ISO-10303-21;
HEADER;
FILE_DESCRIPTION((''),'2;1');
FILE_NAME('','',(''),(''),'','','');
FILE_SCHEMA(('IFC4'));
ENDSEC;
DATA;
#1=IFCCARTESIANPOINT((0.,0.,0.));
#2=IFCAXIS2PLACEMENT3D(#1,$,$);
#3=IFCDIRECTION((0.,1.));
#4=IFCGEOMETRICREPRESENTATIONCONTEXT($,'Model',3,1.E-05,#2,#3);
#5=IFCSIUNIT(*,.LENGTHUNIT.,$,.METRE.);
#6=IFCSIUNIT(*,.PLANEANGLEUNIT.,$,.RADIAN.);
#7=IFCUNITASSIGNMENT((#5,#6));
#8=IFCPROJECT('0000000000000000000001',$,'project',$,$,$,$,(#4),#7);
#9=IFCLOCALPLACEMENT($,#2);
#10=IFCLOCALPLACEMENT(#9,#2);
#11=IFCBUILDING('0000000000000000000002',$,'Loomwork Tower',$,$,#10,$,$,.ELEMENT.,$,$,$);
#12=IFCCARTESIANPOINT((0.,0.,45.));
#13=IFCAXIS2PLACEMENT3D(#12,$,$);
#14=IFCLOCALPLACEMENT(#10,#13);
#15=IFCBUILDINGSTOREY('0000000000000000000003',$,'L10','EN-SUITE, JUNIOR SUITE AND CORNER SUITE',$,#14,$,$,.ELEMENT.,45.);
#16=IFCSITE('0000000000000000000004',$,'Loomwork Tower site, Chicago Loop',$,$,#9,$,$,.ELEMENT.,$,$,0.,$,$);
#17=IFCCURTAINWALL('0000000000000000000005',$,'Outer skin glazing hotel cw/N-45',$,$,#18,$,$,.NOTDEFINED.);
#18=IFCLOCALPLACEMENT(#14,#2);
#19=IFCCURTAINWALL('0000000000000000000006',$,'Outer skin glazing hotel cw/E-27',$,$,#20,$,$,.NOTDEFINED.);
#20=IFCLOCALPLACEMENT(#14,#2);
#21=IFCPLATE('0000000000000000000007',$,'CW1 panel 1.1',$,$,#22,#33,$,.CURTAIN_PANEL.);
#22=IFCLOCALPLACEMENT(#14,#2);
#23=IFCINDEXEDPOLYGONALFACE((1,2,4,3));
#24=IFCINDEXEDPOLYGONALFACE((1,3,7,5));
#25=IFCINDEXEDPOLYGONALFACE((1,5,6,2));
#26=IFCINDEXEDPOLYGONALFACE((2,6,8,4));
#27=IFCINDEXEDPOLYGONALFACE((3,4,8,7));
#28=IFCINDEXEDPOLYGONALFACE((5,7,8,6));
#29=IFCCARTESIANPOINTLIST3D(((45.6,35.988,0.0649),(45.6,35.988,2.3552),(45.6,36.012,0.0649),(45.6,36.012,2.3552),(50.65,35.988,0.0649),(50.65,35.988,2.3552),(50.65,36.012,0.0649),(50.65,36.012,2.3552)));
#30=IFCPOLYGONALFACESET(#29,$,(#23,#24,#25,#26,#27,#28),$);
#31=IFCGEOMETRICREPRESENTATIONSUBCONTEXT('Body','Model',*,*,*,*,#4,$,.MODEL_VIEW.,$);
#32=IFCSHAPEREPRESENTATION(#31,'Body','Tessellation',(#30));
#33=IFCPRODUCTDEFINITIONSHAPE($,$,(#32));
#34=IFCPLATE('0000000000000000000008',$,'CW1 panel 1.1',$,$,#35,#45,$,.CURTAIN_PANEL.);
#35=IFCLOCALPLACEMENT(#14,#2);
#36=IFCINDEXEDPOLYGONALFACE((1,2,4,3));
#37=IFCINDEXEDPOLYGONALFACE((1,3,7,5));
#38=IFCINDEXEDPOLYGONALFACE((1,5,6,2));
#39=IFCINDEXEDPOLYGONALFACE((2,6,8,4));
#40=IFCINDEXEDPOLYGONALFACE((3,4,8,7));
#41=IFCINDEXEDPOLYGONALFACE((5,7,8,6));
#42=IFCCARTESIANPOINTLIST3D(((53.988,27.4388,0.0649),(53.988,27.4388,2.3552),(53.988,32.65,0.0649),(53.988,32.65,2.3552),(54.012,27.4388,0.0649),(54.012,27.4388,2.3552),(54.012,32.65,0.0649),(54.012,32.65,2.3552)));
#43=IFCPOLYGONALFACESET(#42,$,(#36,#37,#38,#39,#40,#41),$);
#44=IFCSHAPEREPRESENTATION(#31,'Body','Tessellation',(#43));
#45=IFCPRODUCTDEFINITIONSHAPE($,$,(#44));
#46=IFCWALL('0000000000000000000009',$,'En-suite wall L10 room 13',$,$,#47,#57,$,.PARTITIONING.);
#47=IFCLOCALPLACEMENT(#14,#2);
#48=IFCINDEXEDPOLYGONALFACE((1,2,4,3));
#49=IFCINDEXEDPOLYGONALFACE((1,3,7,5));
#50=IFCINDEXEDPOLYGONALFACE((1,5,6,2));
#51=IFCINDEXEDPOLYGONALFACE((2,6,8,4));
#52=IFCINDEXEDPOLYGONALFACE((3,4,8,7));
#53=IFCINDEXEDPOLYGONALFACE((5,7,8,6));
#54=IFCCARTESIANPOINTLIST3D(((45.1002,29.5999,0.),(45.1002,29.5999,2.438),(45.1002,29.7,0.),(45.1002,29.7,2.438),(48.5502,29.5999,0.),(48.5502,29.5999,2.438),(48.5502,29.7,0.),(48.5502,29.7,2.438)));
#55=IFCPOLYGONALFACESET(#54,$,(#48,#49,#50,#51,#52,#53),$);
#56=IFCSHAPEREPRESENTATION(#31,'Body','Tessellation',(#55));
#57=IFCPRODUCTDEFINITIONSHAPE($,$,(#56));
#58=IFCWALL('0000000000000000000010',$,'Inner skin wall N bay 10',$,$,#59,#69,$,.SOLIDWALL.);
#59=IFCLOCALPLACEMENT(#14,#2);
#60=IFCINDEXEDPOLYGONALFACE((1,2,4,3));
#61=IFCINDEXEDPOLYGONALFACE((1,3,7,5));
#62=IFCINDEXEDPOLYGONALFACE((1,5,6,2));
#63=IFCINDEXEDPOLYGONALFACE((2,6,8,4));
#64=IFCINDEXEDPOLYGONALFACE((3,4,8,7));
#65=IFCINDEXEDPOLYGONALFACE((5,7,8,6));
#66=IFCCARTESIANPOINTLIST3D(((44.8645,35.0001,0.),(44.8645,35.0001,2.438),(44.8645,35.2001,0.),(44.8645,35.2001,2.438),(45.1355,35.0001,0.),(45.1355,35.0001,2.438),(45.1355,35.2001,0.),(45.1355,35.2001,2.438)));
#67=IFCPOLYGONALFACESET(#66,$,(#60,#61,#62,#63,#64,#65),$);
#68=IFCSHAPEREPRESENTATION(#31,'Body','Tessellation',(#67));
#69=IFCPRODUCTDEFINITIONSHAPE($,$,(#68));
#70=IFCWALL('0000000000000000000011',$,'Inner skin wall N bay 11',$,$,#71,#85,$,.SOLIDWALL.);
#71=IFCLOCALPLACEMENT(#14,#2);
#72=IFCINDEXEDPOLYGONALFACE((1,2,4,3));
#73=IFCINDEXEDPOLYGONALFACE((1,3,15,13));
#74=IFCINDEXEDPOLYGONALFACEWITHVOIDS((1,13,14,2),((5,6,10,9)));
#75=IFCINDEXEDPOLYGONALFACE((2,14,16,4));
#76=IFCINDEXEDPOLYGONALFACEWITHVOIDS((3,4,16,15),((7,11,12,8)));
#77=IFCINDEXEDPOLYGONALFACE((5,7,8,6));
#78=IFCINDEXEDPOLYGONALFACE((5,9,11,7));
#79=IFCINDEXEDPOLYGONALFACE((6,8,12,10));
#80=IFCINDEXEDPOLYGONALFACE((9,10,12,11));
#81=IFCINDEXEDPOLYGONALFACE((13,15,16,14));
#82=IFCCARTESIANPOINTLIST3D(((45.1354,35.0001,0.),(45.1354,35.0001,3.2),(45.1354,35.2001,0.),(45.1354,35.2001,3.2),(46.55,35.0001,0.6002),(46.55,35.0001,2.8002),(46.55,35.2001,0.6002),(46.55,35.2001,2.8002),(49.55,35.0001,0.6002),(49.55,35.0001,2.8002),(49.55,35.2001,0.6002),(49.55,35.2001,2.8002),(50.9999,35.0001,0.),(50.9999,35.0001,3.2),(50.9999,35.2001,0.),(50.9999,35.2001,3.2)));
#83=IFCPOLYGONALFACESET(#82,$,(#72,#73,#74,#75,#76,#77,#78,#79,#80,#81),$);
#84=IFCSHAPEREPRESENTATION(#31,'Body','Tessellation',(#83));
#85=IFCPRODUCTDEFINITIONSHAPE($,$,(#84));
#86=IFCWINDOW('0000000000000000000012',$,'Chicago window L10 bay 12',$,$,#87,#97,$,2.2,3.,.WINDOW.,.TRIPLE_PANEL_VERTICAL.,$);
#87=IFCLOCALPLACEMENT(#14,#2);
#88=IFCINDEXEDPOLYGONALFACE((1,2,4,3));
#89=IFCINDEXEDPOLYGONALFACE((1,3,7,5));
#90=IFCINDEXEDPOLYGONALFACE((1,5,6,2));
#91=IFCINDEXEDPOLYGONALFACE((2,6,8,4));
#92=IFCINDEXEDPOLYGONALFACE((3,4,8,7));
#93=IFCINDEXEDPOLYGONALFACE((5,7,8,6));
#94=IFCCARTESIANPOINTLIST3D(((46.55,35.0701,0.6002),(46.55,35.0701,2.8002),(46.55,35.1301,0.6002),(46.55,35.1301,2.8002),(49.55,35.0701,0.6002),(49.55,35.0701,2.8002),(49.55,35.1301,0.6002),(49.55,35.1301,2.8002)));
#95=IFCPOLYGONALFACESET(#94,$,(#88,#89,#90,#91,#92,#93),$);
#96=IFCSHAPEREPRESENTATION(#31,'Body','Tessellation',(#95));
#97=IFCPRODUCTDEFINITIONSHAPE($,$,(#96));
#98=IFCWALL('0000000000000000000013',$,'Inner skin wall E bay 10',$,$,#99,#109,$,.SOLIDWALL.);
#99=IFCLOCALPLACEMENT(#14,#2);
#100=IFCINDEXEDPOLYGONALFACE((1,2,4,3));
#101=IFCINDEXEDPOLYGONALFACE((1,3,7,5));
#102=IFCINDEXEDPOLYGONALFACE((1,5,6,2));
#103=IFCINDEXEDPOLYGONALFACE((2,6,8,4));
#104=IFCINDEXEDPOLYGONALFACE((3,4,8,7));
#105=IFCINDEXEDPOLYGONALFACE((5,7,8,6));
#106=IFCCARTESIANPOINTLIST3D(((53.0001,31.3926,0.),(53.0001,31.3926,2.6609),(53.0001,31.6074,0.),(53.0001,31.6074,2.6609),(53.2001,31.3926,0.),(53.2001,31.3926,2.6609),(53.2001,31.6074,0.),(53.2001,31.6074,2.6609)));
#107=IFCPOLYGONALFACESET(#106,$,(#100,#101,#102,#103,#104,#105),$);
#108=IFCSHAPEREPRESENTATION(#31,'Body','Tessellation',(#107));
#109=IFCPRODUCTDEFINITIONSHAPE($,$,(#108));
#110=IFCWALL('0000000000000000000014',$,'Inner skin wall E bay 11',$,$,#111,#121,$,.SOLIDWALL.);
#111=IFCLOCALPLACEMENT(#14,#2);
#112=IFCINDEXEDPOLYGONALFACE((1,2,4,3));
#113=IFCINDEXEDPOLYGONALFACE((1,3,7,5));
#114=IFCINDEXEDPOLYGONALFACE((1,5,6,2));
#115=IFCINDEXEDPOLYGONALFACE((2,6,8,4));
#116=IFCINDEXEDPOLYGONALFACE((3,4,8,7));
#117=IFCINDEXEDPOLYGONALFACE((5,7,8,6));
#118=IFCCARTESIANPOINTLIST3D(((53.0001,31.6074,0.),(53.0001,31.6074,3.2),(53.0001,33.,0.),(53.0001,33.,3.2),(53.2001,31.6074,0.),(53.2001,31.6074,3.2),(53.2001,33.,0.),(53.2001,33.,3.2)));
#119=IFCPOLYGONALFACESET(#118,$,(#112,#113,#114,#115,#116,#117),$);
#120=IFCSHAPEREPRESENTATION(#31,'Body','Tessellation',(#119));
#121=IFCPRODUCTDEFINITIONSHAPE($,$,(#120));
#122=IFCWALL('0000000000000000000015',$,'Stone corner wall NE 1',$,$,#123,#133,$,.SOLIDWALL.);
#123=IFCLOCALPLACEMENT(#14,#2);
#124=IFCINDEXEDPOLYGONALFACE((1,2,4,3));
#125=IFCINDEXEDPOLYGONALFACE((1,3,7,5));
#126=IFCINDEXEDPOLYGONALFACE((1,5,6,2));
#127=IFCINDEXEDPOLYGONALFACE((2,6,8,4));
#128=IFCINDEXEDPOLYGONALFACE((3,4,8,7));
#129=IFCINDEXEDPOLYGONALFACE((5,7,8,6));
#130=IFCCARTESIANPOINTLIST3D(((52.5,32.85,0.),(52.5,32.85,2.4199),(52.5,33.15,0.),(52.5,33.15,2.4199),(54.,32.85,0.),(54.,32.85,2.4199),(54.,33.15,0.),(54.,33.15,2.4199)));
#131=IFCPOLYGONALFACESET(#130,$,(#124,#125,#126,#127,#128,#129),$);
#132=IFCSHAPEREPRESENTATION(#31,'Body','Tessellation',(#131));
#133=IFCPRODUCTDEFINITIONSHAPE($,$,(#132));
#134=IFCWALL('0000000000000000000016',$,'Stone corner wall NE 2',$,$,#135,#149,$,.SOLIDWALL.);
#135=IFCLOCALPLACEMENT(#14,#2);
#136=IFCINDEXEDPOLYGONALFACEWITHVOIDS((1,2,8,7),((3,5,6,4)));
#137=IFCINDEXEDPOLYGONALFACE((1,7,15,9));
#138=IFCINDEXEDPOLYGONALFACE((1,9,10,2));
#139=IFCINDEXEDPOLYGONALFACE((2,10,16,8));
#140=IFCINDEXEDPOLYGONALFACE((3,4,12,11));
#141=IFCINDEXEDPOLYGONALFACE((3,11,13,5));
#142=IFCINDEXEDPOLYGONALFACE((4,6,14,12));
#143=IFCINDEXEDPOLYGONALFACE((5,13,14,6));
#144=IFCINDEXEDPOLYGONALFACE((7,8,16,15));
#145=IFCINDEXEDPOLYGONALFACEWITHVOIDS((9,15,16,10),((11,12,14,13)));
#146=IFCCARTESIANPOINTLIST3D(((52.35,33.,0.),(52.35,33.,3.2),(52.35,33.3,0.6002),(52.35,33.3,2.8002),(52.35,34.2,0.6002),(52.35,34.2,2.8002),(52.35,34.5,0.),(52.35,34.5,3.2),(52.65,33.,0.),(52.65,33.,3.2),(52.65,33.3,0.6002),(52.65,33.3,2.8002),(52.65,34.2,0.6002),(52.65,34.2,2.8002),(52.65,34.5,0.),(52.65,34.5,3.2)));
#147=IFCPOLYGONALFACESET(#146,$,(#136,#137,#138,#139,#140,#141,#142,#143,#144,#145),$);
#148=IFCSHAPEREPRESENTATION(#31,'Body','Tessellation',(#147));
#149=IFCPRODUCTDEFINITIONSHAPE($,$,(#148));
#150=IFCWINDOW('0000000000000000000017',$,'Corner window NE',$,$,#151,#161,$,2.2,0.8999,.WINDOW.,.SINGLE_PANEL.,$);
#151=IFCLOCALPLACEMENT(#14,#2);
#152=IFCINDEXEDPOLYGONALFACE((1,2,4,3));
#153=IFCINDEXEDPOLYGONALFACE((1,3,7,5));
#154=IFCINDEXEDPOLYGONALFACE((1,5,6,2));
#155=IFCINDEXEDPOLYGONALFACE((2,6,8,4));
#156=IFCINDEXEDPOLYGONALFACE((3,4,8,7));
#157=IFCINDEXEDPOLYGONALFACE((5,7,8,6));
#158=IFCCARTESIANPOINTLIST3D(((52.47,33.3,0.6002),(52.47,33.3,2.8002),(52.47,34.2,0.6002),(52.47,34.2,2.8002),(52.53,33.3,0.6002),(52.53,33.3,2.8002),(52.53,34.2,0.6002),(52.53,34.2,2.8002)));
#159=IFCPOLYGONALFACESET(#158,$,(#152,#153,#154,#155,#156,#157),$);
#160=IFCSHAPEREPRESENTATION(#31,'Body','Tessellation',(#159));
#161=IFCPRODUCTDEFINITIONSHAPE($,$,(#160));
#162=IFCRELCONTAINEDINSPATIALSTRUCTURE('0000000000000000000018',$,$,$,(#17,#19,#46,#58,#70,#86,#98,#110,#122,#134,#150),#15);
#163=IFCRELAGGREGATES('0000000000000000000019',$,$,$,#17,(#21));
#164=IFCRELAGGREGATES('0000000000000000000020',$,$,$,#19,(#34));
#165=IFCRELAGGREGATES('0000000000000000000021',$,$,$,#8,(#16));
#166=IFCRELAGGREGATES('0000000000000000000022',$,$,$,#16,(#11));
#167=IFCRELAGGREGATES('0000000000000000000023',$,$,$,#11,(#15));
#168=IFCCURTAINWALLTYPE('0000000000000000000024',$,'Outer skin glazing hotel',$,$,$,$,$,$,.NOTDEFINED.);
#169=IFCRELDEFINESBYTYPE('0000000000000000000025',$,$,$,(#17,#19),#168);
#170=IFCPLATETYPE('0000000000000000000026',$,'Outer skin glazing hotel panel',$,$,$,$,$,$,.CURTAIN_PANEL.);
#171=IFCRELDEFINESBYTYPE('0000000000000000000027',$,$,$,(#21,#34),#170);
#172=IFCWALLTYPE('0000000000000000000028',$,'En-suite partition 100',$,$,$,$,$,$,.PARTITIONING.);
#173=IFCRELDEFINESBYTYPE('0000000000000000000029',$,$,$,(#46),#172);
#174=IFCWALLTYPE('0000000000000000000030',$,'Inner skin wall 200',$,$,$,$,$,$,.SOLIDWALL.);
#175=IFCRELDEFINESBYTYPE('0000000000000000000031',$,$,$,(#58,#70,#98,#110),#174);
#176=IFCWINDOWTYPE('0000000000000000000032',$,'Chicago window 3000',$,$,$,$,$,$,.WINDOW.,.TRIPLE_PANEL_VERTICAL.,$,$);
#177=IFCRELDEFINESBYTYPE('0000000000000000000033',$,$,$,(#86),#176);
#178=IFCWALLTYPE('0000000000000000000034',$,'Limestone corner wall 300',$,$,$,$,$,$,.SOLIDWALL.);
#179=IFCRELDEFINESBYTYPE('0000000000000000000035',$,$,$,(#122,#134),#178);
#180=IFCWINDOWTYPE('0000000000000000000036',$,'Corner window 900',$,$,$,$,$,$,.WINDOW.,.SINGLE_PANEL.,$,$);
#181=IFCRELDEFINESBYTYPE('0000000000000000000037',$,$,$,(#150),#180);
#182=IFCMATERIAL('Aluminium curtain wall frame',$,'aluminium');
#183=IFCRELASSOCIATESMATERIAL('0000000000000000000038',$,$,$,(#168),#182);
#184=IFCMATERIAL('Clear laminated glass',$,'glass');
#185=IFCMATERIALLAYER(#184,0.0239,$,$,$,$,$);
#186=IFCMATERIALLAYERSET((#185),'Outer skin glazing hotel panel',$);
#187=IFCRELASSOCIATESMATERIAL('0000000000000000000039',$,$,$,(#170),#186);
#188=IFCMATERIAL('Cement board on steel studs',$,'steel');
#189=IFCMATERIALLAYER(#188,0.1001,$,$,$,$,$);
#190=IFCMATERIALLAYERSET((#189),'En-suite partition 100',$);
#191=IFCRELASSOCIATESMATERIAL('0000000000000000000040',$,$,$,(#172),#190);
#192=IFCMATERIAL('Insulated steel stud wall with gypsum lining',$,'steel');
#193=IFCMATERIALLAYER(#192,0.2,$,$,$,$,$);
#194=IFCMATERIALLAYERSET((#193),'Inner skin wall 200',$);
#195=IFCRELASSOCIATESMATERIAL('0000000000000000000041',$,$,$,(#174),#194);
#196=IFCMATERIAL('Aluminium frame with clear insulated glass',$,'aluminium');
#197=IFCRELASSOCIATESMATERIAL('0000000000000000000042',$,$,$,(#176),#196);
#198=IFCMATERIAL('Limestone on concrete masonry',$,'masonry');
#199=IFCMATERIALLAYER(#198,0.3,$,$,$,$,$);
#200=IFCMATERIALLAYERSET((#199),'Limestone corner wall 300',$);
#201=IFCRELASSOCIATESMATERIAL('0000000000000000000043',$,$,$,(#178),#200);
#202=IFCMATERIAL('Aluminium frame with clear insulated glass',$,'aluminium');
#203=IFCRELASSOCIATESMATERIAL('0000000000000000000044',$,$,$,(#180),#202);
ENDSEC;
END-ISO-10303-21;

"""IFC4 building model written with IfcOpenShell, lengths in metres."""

from ifc_helpers import new_model, si_unit, direction, frame, frame_2d, origin, origin_2d, place, context, subcontext, project, spatial, rectangle, extrude, material, layer, layer_set, type_object, element, fill, aggregate, save


model = new_model("IFC4")

# Units and contexts
model_context = context("Model", 3, precision=1e-05, world=origin(), true_north=direction((0.0, 1.0)))
body_context = subcontext(model_context, "Body", "Model", "MODEL_VIEW")
ifc_project = project(units=[si_unit("LENGTHUNIT", "METRE"), si_unit("PLANEANGLEUNIT", "RADIAN")], contexts=[model_context])

# Site, building, storey
site_placement = place(None, origin())
site = spatial("IfcSite", under=ifc_project, at=site_placement, Name="Loomwork Tower site, Chicago Loop", CompositionType="ELEMENT", RefElevation=0.0)
building_placement = place(site_placement, origin())
building = spatial("IfcBuilding", under=site, at=building_placement, Name="Loomwork Tower", CompositionType="ELEMENT")
storey_placement = place(building_placement, frame((0.0, 0.0, 45.0)))
storey = spatial("IfcBuildingStorey", under=building, at=storey_placement, Name="L10", Description="EN-SUITE, JUNIOR SUITE AND CORNER SUITE", CompositionType="ELEMENT", Elevation=45.0)

# Shared definitions
ifc_material_1 = material(Name="Aluminium curtain wall frame", Category="aluminium")
curtain_wall_type = type_object("IfcCurtainWallType", Name="Outer skin glazing hotel", PredefinedType="NOTDEFINED", material=ifc_material_1)

# Curtain wall
curtain_wall_1_placement = place(storey_placement, origin())
curtain_wall_1 = element("IfcCurtainWall", 1, at=curtain_wall_1_placement, inside=storey, type_object=curtain_wall_type, Name="Outer skin glazing hotel cw/N-45", PredefinedType="NOTDEFINED")

# Curtain wall
curtain_wall_2_placement = place(storey_placement, origin())
curtain_wall_2 = element("IfcCurtainWall", 2, at=curtain_wall_2_placement, inside=storey, type_object=curtain_wall_type, Name="Outer skin glazing hotel cw/E-27", PredefinedType="NOTDEFINED")

# Plates
ifc_material_2 = material(Name="Clear laminated glass", Category="glass")
ifc_layer_1 = layer(ifc_material_2, 0.0239)
ifc_layer_set_1 = layer_set([ifc_layer_1], Name="Outer skin glazing hotel panel")
plate_type = type_object("IfcPlateType", Name="Outer skin glazing hotel panel", PredefinedType="CURTAIN_PANEL", material=ifc_layer_set_1)
plate_1_placement = place(storey_placement, frame((48.125, 36.0, 0.0649), z_axis=(0.0, 0.0, 1.0), x_axis=(-1.0, 0.0, 0.0)))
plate_1 = element("IfcPlate", 3, at=plate_1_placement, type_object=plate_type, Name="CW1 panel 1.1", PredefinedType="CURTAIN_PANEL", context=body_context, shape_type="SweptSolid", body=[
    extrude(rectangle(XDim=5.05, YDim=0.0239, at=origin_2d()), origin(), (0.0, 0.0, 1.0), 2.2903),
])
aggregate(curtain_wall_1, [plate_1])
plate_2_placement = place(storey_placement, frame((54.0, 30.0444, 0.0649), z_axis=(0.0, 0.0, 1.0), x_axis=(0.0, 1.0, 0.0)))
plate_2 = element("IfcPlate", 4, at=plate_2_placement, type_object=plate_type, Name="CW1 panel 1.1", PredefinedType="CURTAIN_PANEL", context=body_context, shape_type="SweptSolid", body=[
    extrude(rectangle(XDim=5.2112, YDim=0.0239, at=origin_2d()), origin(), (0.0, 0.0, 1.0), 2.2903),
])
aggregate(curtain_wall_2, [plate_2])

# Walls
ifc_material_3 = material(Name="Cement board on steel studs", Category="steel")
ifc_layer_2 = layer(ifc_material_3, 0.1001)
ifc_layer_set_2 = layer_set([ifc_layer_2], Name="En-suite partition 100")
wall_type_1 = type_object("IfcWallType", Name="En-suite partition 100", PredefinedType="PARTITIONING", material=ifc_layer_set_2)
wall_1_placement = place(storey_placement, frame((45.1001, 29.6499, 0.0), z_axis=(0.0, 0.0, 1.0), x_axis=(1.0, 0.0, 0.0)))
element("IfcWall", 5, at=wall_1_placement, inside=storey, type_object=wall_type_1, Name="En-suite wall L10 room 13", PredefinedType="PARTITIONING", context=body_context, shape_type="SweptSolid", body=[
    extrude(rectangle(XDim=3.45, YDim=0.1001, at=frame_2d((1.7251, 0.0))), origin(), (0.0, 0.0, 1.0), 2.438),
])
ifc_material_4 = material(Name="Insulated steel stud wall with gypsum lining", Category="steel")
ifc_layer_3 = layer(ifc_material_4, 0.2)
ifc_layer_set_3 = layer_set([ifc_layer_3], Name="Inner skin wall 200")
wall_type_2 = type_object("IfcWallType", Name="Inner skin wall 200", PredefinedType="SOLIDWALL", material=ifc_layer_set_3)
wall_2_placement = place(storey_placement, frame((44.8645, 35.1001, 0.0), z_axis=(0.0, 0.0, 1.0), x_axis=(1.0, 0.0, 0.0)))
element("IfcWall", 6, at=wall_2_placement, inside=storey, type_object=wall_type_2, Name="Inner skin wall N bay 10", PredefinedType="SOLIDWALL", context=body_context, shape_type="SweptSolid", body=[
    extrude(rectangle(XDim=0.271, YDim=0.2, at=frame_2d((0.1355, 0.0))), origin(), (0.0, 0.0, 1.0), 2.438),
])

# Wall, opening, window
wall_3_placement = place(storey_placement, frame((45.1355, 35.1001, 0.0), z_axis=(0.0, 0.0, 1.0), x_axis=(1.0, 0.0, 0.0)))
wall_3 = element("IfcWall", 7, at=wall_3_placement, inside=storey, type_object=wall_type_2, Name="Inner skin wall N bay 11", PredefinedType="SOLIDWALL", context=body_context, shape_type="SweptSolid", body=[
    extrude(rectangle(XDim=5.8645, YDim=0.2, at=frame_2d((2.9321, 0.0))), origin(), (0.0, 0.0, 1.0), 3.2),
])
opening_1_placement = place(wall_3_placement, frame((1.4146, 0.0, 0.6001)))
opening_1 = element("IfcOpeningElement", 8, at=opening_1_placement, cuts=wall_3, PredefinedType="OPENING", context=body_context, shape_type="SweptSolid", body=[
    extrude(rectangle(XDim=3.0, YDim=2.2, at=frame_2d((1.5, 1.1001))), frame((0.0, 0.1099, 0.0), z_axis=(0.0, -1.0, 0.0), x_axis=(1.0, 0.0, 0.0)), (0.0, 0.0, 1.0), 0.22),
])
ifc_material_5 = material(Name="Aluminium frame with clear insulated glass", Category="aluminium")
window_type_1 = type_object("IfcWindowType", Name="Chicago window 3000", PartitioningType="TRIPLE_PANEL_VERTICAL", PredefinedType="WINDOW", material=ifc_material_5)
window_1_placement = place(opening_1_placement, origin())
window_1 = element("IfcWindow", 9, at=window_1_placement, inside=storey, type_object=window_type_1, Name="Chicago window L10 bay 12", OverallHeight=2.2, OverallWidth=3.0, PartitioningType="TRIPLE_PANEL_VERTICAL", PredefinedType="WINDOW", context=body_context, shape_type="SweptSolid", body=[
    extrude(rectangle(XDim=3.0, YDim=2.2, at=frame_2d((1.5, 1.1001))), frame((0.0, 0.03, 0.0), z_axis=(0.0, -1.0, 0.0), x_axis=(1.0, 0.0, 0.0)), (0.0, 0.0, 1.0), 0.0601),
])
fill(opening_1, window_1)

# Walls
wall_4_placement = place(storey_placement, frame((53.1001, 31.3926, 0.0), z_axis=(0.0, 0.0, 1.0), x_axis=(0.0, 1.0, 0.0)))
element("IfcWall", 10, at=wall_4_placement, inside=storey, type_object=wall_type_2, Name="Inner skin wall E bay 10", PredefinedType="SOLIDWALL", context=body_context, shape_type="SweptSolid", body=[
    extrude(rectangle(XDim=0.2148, YDim=0.2, at=frame_2d((0.1074, 0.0))), origin(), (0.0, 0.0, 1.0), 2.6609),
])
wall_5_placement = place(storey_placement, frame((53.1001, 31.6074, 0.0), z_axis=(0.0, 0.0, 1.0), x_axis=(0.0, 1.0, 0.0)))
element("IfcWall", 11, at=wall_5_placement, inside=storey, type_object=wall_type_2, Name="Inner skin wall E bay 11", PredefinedType="SOLIDWALL", context=body_context, shape_type="SweptSolid", body=[
    extrude(rectangle(XDim=1.3926, YDim=0.2, at=frame_2d((0.6963, 0.0))), origin(), (0.0, 0.0, 1.0), 3.2),
])
ifc_material_6 = material(Name="Limestone on concrete masonry", Category="masonry")
ifc_layer_4 = layer(ifc_material_6, 0.3)
ifc_layer_set_4 = layer_set([ifc_layer_4], Name="Limestone corner wall 300")
wall_type_3 = type_object("IfcWallType", Name="Limestone corner wall 300", PredefinedType="SOLIDWALL", material=ifc_layer_set_4)
wall_6_placement = place(storey_placement, frame((54.0, 33.0, 0.0), z_axis=(0.0, 0.0, 1.0), x_axis=(-1.0, 0.0, 0.0)))
element("IfcWall", 12, at=wall_6_placement, inside=storey, type_object=wall_type_3, Name="Stone corner wall NE 1", PredefinedType="SOLIDWALL", context=body_context, shape_type="SweptSolid", body=[
    extrude(rectangle(XDim=1.5, YDim=0.3, at=frame_2d((0.75, 0.0))), origin(), (0.0, 0.0, 1.0), 2.4199),
])

# Wall, opening, window
wall_7_placement = place(storey_placement, frame((52.5, 33.0, 0.0), z_axis=(0.0, 0.0, 1.0), x_axis=(0.0, 1.0, 0.0)))
wall_7 = element("IfcWall", 13, at=wall_7_placement, inside=storey, type_object=wall_type_3, Name="Stone corner wall NE 2", PredefinedType="SOLIDWALL", context=body_context, shape_type="SweptSolid", body=[
    extrude(rectangle(XDim=1.5, YDim=0.3, at=frame_2d((0.75, 0.0))), origin(), (0.0, 0.0, 1.0), 3.2),
])
opening_2_placement = place(wall_7_placement, frame((0.3, 0.0, 0.6001)))
opening_2 = element("IfcOpeningElement", 14, at=opening_2_placement, cuts=wall_7, PredefinedType="OPENING", context=body_context, shape_type="SweptSolid", body=[
    extrude(rectangle(XDim=0.8999, YDim=2.2, at=frame_2d((0.45, 1.1001))), frame((0.0, 0.1599, 0.0), z_axis=(0.0, -1.0, 0.0), x_axis=(1.0, 0.0, 0.0)), (0.0, 0.0, 1.0), 0.3201),
])
ifc_material_7 = material(Name="Aluminium frame with clear insulated glass", Category="aluminium")
window_type_2 = type_object("IfcWindowType", Name="Corner window 900", PartitioningType="SINGLE_PANEL", PredefinedType="WINDOW", material=ifc_material_7)
window_2_placement = place(opening_2_placement, origin())
window_2 = element("IfcWindow", 15, at=window_2_placement, inside=storey, type_object=window_type_2, Name="Corner window NE", OverallHeight=2.2, OverallWidth=0.8999, PartitioningType="SINGLE_PANEL", PredefinedType="WINDOW", context=body_context, shape_type="SweptSolid", body=[
    extrude(rectangle(XDim=0.8999, YDim=2.2, at=frame_2d((0.45, 1.1001))), frame((0.0, 0.03, 0.0), z_axis=(0.0, -1.0, 0.0), x_axis=(1.0, 0.0, 0.0)), (0.0, 0.0, 1.0), 0.0601),
])
fill(opening_2, window_2)

save(model, "model.ifc")
